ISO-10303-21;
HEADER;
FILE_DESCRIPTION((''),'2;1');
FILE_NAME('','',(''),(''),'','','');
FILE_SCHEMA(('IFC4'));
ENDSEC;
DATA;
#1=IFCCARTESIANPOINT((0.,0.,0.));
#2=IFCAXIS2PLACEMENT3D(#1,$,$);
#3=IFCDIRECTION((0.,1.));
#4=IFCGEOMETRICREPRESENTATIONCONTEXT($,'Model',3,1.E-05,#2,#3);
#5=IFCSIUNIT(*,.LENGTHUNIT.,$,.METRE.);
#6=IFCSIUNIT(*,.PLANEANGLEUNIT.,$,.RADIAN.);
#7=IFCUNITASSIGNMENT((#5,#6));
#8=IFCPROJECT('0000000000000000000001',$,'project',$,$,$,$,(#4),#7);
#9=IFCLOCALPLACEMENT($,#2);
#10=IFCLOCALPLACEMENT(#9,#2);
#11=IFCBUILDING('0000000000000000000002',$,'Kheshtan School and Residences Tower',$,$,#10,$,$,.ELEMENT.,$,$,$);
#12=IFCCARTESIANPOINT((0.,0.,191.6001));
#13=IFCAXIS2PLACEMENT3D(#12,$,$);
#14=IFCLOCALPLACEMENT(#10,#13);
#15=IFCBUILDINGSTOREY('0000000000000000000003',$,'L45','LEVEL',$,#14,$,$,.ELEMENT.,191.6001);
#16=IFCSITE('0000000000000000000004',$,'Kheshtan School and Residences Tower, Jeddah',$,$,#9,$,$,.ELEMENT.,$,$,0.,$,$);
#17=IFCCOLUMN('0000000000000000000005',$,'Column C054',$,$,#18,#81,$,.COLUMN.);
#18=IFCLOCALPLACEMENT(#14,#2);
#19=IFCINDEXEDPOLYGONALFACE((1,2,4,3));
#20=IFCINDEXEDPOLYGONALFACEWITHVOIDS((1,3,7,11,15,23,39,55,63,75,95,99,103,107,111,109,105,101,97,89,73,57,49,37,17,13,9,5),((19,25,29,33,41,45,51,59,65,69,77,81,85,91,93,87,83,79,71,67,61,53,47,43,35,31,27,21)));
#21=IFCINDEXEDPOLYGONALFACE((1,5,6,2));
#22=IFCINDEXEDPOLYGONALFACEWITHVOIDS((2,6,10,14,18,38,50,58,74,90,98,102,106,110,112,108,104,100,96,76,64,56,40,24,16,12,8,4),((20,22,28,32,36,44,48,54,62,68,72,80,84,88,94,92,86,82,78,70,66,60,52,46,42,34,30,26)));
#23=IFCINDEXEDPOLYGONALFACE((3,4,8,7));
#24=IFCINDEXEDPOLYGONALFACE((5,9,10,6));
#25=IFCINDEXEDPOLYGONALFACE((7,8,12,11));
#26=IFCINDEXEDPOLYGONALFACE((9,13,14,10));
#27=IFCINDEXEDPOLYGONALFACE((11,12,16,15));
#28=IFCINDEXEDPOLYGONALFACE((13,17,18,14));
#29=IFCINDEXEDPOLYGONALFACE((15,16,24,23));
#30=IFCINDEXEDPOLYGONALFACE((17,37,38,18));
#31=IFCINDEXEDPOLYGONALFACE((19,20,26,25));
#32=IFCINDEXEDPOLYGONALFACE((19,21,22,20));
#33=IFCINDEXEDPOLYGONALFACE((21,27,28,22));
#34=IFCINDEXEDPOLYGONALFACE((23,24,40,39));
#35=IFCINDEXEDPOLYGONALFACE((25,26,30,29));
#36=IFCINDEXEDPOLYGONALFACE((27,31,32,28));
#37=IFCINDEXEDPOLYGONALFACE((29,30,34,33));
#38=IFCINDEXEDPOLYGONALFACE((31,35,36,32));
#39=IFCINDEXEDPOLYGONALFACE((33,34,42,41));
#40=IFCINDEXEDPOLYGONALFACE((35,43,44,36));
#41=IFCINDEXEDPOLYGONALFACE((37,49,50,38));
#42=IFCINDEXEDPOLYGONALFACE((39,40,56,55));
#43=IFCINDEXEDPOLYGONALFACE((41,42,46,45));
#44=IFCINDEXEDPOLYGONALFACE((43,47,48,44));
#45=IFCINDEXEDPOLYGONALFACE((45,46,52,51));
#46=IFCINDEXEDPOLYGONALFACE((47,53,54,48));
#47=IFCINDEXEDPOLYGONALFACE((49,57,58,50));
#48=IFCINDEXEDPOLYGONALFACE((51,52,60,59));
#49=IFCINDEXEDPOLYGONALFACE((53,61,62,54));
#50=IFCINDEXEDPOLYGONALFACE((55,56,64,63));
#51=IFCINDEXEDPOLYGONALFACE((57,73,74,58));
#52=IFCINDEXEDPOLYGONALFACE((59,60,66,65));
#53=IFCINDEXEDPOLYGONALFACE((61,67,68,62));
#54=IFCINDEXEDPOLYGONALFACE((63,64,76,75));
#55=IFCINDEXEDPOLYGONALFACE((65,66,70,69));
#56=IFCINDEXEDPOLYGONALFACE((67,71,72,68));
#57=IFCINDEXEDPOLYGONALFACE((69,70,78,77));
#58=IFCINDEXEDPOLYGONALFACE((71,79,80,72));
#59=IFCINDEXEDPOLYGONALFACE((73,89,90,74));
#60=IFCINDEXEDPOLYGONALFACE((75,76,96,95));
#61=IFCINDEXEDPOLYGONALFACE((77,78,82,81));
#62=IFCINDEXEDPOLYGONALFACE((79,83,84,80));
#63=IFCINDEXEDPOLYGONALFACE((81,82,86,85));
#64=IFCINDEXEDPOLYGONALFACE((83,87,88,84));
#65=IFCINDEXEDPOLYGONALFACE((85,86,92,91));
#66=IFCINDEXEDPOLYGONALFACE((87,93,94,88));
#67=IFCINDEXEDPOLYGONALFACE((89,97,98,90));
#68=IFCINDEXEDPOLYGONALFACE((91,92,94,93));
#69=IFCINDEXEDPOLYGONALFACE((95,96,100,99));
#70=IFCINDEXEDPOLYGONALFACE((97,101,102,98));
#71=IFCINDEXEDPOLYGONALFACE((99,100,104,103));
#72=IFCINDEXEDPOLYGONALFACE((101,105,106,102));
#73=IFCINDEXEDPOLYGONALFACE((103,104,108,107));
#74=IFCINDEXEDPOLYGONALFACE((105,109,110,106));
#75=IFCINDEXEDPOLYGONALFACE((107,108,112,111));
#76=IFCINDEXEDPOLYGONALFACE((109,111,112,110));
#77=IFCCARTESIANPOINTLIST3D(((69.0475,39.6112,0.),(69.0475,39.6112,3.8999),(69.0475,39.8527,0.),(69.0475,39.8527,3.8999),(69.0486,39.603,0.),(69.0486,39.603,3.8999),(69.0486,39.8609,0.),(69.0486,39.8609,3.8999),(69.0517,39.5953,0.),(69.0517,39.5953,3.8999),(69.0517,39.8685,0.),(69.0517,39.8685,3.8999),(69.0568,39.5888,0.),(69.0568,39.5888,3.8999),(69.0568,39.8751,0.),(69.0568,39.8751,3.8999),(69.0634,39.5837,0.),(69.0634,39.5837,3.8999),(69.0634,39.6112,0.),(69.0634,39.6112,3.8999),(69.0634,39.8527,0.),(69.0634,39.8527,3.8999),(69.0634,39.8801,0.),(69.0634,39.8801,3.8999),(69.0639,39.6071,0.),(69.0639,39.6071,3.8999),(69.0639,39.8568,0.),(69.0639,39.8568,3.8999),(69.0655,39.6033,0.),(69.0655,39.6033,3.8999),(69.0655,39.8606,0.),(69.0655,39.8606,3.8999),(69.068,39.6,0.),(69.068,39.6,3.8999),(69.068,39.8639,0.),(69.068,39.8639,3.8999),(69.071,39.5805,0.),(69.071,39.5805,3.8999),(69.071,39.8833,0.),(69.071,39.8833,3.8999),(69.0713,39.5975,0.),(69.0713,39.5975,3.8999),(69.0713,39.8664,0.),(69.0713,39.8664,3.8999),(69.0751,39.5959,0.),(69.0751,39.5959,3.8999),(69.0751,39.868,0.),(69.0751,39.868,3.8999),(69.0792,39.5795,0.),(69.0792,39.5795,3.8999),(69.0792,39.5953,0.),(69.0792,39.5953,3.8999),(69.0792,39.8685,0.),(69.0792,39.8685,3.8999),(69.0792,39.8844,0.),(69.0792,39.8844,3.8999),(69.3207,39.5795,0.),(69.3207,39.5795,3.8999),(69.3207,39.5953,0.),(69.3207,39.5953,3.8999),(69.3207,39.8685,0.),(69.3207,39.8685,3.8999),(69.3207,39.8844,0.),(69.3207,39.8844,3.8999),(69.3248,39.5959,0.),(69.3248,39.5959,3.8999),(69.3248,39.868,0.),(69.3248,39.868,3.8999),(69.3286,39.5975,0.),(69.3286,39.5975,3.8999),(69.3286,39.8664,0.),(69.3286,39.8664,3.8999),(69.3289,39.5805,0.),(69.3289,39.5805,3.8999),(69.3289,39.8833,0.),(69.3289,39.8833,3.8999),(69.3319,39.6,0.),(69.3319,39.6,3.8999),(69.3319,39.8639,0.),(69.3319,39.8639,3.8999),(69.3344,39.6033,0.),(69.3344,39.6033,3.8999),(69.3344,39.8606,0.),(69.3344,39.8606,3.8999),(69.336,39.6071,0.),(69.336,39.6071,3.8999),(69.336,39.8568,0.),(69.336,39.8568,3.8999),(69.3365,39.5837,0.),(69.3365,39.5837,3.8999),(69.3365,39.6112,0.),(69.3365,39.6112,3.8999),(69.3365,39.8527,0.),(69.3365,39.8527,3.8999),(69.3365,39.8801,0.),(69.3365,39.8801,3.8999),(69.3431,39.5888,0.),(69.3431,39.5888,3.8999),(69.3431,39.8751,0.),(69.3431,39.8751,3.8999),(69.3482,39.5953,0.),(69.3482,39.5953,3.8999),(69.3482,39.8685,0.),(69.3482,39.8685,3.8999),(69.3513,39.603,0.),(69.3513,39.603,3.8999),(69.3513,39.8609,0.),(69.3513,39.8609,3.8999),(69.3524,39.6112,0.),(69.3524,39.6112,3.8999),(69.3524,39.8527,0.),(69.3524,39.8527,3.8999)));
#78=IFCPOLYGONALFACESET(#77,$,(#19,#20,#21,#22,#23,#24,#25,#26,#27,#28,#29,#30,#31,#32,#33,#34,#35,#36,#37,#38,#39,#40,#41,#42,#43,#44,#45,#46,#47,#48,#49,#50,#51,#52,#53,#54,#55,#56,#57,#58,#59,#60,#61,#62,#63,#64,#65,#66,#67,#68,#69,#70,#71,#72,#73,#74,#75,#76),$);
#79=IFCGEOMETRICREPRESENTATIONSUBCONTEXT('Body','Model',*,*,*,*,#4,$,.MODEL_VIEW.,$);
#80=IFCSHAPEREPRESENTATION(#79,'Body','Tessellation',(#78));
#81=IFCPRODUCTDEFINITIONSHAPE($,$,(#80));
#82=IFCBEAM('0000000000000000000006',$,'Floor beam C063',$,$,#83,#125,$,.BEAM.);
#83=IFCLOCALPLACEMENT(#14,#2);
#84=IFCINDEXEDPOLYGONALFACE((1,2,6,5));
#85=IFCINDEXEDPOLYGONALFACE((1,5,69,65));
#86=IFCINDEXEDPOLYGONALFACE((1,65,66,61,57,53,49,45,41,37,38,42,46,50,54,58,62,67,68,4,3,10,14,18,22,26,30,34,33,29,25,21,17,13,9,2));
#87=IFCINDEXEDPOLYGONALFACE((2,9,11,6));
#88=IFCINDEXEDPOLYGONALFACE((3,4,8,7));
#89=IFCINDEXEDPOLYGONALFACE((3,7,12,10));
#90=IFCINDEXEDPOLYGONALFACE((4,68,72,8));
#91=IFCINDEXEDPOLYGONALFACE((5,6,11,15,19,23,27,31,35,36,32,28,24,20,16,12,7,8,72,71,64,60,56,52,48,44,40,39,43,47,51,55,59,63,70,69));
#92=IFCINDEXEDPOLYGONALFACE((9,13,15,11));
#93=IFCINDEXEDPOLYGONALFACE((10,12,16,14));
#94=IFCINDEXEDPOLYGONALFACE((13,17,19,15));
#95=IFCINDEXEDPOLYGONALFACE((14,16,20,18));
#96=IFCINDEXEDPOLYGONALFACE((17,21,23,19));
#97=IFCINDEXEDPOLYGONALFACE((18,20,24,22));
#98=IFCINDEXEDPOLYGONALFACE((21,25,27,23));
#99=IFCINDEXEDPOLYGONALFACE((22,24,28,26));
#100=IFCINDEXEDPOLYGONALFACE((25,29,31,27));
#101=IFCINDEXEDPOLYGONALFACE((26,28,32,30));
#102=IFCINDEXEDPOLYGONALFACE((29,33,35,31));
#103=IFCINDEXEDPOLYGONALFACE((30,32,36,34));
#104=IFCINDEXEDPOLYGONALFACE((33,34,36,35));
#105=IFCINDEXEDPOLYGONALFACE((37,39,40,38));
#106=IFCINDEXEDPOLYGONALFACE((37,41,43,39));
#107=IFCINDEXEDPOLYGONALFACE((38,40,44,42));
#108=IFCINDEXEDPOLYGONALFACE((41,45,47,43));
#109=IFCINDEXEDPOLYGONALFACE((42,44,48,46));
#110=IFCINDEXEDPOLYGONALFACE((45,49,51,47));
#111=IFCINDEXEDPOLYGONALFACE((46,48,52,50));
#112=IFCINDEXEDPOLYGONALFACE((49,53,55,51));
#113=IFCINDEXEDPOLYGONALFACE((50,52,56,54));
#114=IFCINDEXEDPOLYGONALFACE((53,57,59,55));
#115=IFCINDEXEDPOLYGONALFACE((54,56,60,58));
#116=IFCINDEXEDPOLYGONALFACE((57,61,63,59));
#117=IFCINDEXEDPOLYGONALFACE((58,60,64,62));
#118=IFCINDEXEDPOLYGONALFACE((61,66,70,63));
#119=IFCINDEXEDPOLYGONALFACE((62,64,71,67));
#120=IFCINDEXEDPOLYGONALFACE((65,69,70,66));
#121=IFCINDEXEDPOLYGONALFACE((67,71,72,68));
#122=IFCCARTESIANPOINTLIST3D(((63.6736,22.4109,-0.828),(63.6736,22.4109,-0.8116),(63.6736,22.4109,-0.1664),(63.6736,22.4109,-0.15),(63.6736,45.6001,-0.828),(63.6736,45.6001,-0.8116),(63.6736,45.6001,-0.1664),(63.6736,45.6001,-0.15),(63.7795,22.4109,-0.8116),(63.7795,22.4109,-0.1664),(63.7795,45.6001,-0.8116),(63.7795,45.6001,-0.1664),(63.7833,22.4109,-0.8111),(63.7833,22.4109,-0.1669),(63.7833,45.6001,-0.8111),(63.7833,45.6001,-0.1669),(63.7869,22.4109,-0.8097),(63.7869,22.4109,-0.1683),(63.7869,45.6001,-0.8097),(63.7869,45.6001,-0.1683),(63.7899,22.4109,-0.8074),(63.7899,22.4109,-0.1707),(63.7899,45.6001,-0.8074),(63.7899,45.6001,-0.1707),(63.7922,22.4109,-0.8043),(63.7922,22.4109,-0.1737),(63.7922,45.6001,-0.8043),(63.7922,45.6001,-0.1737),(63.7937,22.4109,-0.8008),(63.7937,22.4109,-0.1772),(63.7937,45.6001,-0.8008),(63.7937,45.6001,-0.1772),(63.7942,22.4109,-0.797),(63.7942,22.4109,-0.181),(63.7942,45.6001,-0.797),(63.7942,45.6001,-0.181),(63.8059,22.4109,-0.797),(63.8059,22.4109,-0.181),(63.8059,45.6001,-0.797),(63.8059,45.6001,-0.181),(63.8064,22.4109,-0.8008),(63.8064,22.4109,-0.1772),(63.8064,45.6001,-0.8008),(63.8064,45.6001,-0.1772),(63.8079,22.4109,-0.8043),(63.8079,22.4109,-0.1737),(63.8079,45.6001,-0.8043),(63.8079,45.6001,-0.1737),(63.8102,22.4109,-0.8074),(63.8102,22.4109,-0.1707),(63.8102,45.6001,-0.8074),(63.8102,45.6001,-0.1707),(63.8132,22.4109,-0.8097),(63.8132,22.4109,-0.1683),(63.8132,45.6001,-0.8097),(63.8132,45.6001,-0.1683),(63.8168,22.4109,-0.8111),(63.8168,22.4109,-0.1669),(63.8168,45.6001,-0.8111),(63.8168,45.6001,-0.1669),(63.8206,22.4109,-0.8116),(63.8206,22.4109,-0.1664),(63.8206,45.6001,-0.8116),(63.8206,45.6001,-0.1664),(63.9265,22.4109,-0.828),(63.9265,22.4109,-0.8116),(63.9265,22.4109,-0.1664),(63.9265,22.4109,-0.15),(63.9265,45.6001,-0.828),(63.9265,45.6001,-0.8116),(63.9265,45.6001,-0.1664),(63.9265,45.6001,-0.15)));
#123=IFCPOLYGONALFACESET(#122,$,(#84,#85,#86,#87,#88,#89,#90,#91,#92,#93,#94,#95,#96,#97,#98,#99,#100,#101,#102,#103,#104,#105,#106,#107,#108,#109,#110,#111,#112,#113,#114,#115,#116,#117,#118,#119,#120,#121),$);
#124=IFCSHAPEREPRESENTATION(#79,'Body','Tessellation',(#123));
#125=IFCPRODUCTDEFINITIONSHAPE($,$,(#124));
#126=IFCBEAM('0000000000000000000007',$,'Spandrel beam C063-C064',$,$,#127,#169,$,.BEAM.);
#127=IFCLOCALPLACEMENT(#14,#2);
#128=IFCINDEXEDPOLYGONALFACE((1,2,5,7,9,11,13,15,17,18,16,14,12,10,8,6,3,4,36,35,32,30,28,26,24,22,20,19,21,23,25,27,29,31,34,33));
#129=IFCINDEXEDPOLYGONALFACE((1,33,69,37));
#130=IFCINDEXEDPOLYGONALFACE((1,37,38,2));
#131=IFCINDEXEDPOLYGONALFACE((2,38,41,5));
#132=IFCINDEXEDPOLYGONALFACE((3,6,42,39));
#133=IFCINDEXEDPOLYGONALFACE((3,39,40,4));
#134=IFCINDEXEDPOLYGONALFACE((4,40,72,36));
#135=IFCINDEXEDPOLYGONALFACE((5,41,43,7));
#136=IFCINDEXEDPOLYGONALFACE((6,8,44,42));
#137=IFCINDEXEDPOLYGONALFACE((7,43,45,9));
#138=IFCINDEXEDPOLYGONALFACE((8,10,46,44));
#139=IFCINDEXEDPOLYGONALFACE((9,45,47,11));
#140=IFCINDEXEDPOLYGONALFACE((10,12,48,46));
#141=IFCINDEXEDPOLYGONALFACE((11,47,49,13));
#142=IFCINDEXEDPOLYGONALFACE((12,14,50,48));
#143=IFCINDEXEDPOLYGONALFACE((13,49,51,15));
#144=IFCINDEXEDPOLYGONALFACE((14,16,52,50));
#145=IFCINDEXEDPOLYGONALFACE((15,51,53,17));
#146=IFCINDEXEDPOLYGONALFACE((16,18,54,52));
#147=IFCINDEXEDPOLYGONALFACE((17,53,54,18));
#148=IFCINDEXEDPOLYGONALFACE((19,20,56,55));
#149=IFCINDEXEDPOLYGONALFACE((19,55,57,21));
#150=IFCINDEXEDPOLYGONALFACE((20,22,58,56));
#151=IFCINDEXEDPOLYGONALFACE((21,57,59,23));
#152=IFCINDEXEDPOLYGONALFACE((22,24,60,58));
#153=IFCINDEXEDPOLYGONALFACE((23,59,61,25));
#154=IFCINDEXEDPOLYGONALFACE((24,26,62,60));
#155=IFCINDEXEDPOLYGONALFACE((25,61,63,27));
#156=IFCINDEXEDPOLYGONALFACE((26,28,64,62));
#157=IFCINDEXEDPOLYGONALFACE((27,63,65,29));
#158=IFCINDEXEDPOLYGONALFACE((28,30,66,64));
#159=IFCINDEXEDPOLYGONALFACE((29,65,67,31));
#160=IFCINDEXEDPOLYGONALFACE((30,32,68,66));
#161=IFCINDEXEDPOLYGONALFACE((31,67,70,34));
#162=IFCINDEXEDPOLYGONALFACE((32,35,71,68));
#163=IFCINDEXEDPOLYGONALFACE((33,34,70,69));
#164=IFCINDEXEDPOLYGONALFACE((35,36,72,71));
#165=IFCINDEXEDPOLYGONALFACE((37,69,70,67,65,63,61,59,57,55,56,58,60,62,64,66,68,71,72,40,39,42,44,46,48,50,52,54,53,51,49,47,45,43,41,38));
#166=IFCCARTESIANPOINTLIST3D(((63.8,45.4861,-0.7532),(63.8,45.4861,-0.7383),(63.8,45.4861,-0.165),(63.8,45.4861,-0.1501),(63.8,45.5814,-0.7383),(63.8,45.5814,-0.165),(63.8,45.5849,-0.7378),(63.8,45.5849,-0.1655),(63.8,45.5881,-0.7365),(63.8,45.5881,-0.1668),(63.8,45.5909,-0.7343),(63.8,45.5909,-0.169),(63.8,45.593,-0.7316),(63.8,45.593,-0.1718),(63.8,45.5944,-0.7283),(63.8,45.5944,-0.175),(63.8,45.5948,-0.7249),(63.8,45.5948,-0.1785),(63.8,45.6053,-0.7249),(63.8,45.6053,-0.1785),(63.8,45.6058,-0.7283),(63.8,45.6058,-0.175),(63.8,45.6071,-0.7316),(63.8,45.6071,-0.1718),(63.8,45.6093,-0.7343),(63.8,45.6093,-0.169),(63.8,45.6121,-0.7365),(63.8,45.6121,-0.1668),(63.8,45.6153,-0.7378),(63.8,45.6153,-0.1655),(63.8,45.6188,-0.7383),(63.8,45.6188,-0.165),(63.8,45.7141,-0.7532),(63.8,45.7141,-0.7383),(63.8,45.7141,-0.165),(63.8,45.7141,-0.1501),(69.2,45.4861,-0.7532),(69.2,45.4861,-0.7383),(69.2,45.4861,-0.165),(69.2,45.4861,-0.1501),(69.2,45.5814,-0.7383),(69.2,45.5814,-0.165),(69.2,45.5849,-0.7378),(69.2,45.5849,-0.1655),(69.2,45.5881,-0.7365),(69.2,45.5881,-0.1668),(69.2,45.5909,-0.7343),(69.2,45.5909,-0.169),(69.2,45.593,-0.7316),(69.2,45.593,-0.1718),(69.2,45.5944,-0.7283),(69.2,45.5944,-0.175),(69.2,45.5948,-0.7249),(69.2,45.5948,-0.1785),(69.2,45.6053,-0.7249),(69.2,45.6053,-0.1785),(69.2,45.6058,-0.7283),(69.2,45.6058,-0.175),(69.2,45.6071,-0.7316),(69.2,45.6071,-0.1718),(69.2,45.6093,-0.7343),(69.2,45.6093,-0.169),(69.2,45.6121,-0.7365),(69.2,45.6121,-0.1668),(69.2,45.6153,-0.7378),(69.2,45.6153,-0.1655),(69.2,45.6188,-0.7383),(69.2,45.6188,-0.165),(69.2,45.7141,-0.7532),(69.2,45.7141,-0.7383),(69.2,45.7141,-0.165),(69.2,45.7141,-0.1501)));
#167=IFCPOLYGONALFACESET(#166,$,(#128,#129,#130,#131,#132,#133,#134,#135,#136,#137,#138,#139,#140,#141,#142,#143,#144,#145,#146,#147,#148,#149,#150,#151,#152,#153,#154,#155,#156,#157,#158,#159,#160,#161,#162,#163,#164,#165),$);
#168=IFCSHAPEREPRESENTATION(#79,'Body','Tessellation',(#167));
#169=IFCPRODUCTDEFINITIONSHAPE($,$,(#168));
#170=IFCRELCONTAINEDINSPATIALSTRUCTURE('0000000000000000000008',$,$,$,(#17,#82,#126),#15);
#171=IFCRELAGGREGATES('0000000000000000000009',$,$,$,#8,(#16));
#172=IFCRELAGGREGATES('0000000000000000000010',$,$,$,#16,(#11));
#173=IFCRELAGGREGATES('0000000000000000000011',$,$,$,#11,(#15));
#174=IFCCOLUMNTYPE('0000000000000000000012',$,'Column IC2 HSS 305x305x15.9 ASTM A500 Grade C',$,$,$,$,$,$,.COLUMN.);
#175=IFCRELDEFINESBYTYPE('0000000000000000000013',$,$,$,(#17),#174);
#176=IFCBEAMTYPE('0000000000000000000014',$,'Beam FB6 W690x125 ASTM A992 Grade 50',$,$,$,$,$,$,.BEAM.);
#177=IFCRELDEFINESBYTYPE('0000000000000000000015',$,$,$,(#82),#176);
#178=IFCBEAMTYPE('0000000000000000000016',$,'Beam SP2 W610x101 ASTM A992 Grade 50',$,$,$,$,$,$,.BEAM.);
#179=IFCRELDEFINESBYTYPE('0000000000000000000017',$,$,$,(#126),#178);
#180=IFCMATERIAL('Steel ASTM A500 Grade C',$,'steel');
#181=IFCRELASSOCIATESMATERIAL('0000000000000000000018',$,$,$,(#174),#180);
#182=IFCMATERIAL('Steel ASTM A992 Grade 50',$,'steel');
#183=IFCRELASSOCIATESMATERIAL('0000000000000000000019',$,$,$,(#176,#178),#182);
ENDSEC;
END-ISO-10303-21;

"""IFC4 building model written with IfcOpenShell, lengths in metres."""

from ifc_helpers import new_model, si_unit, direction, frame, origin, origin_2d, place, context, subcontext, project, spatial, hollow_rectangle, i_section, extrude, material, material_profile, profile_set, type_object, element, save


model = new_model("IFC4")

# Units and contexts
model_context = context("Model", 3, precision=1e-05, world=origin(), true_north=direction((0.0, 1.0)))
body_context = subcontext(model_context, "Body", "Model", "MODEL_VIEW")
ifc_project = project(units=[si_unit("LENGTHUNIT", "METRE"), si_unit("PLANEANGLEUNIT", "RADIAN")], contexts=[model_context])

# Site, building, storey
site_placement = place(None, origin())
site = spatial("IfcSite", under=ifc_project, at=site_placement, Name="Kheshtan School and Residences Tower, Jeddah", CompositionType="ELEMENT", RefElevation=0.0)
building_placement = place(site_placement, origin())
building = spatial("IfcBuilding", under=site, at=building_placement, Name="Kheshtan School and Residences Tower", CompositionType="ELEMENT")
storey_placement = place(building_placement, frame((0.0, 0.0, 191.6001)))
storey = spatial("IfcBuildingStorey", under=building, at=storey_placement, Name="L45", Description="LEVEL", CompositionType="ELEMENT", Elevation=191.6001)

# Column
ifc_material_1 = material(Name="Steel ASTM A992 Grade 50", Category="steel")
ifc_material_2 = material(Name="Steel ASTM A500 Grade C", Category="steel")
ifc_material_profile_1 = material_profile(ifc_material_2, hollow_rectangle(XDim=0.3049, YDim=0.3049, WallThickness=0.0159, InnerFilletRadius=0.0159, OuterFilletRadius=0.0317, at=origin_2d()), Name="HSS 305x305x15.9")
ifc_profile_set_1 = profile_set([ifc_material_profile_1], Name="Steel ASTM A500 Grade C")
column_type_1 = type_object("IfcColumnType", Name="Column IC2 HSS 305x305x15.9 ASTM A500 Grade C", PredefinedType="COLUMN", material=ifc_profile_set_1)
column_placement = place(storey_placement, frame((69.2, 39.7319, 0.0), z_axis=(0.0, 0.0, 1.0), x_axis=(1.0, 0.0, 0.0)))
element("IfcColumn", 1, at=column_placement, inside=storey, type_object=column_type_1, Name="Column C054", PredefinedType="COLUMN", context=body_context, shape_type="SweptSolid", body=[
    extrude(hollow_rectangle(XDim=0.3049, YDim=0.3049, WallThickness=0.0159, InnerFilletRadius=0.0159, OuterFilletRadius=0.0317, at=origin_2d()), origin(), (0.0, 0.0, 1.0), 3.8999),
])

# Beams
ifc_material_profile_2 = material_profile(ifc_material_1, i_section(OverallWidth=0.2529, OverallDepth=0.678, WebThickness=0.0117, FlangeThickness=0.0164, FilletRadius=0.0146, at=origin_2d()), Name="W690x125")
ifc_profile_set_2 = profile_set([ifc_material_profile_2], Name="Steel ASTM A992 Grade 50")
beam_type_1 = type_object("IfcBeamType", Name="Beam FB6 W690x125 ASTM A992 Grade 50", PredefinedType="BEAM", material=ifc_profile_set_2)
beam_1_placement = place(storey_placement, frame((63.8, 45.6001, -0.489), z_axis=(0.0, -1.0, 0.0), x_axis=(1.0, 0.0, 0.0)))
element("IfcBeam", 2, at=beam_1_placement, inside=storey, type_object=beam_type_1, Name="Floor beam C063", PredefinedType="BEAM", context=body_context, shape_type="SweptSolid", body=[
    extrude(i_section(OverallWidth=0.2529, OverallDepth=0.678, WebThickness=0.0117, FlangeThickness=0.0164, FilletRadius=0.0146, at=origin_2d()), origin(), (0.0, 0.0, 1.0), 23.1892),
])
ifc_material_profile_3 = material_profile(ifc_material_1, i_section(OverallWidth=0.228, OverallDepth=0.603, WebThickness=0.0105, FlangeThickness=0.0149, FilletRadius=0.0134, at=origin_2d()), Name="W610x101")
ifc_profile_set_3 = profile_set([ifc_material_profile_3], Name="Steel ASTM A992 Grade 50")
beam_type_2 = type_object("IfcBeamType", Name="Beam SP2 W610x101 ASTM A992 Grade 50", PredefinedType="BEAM", material=ifc_profile_set_3)
beam_2_placement = place(storey_placement, frame((63.8, 45.6001, -0.4517), z_axis=(1.0, 0.0, 0.0), x_axis=(0.0, 1.0, 0.0)))
element("IfcBeam", 3, at=beam_2_placement, inside=storey, type_object=beam_type_2, Name="Spandrel beam C063-C064", PredefinedType="BEAM", context=body_context, shape_type="SweptSolid", body=[
    extrude(i_section(OverallWidth=0.228, OverallDepth=0.603, WebThickness=0.0105, FlangeThickness=0.0149, FilletRadius=0.0134, at=origin_2d()), origin(), (0.0, 0.0, 1.0), 5.3999),
])

save(model, "model.ifc")
